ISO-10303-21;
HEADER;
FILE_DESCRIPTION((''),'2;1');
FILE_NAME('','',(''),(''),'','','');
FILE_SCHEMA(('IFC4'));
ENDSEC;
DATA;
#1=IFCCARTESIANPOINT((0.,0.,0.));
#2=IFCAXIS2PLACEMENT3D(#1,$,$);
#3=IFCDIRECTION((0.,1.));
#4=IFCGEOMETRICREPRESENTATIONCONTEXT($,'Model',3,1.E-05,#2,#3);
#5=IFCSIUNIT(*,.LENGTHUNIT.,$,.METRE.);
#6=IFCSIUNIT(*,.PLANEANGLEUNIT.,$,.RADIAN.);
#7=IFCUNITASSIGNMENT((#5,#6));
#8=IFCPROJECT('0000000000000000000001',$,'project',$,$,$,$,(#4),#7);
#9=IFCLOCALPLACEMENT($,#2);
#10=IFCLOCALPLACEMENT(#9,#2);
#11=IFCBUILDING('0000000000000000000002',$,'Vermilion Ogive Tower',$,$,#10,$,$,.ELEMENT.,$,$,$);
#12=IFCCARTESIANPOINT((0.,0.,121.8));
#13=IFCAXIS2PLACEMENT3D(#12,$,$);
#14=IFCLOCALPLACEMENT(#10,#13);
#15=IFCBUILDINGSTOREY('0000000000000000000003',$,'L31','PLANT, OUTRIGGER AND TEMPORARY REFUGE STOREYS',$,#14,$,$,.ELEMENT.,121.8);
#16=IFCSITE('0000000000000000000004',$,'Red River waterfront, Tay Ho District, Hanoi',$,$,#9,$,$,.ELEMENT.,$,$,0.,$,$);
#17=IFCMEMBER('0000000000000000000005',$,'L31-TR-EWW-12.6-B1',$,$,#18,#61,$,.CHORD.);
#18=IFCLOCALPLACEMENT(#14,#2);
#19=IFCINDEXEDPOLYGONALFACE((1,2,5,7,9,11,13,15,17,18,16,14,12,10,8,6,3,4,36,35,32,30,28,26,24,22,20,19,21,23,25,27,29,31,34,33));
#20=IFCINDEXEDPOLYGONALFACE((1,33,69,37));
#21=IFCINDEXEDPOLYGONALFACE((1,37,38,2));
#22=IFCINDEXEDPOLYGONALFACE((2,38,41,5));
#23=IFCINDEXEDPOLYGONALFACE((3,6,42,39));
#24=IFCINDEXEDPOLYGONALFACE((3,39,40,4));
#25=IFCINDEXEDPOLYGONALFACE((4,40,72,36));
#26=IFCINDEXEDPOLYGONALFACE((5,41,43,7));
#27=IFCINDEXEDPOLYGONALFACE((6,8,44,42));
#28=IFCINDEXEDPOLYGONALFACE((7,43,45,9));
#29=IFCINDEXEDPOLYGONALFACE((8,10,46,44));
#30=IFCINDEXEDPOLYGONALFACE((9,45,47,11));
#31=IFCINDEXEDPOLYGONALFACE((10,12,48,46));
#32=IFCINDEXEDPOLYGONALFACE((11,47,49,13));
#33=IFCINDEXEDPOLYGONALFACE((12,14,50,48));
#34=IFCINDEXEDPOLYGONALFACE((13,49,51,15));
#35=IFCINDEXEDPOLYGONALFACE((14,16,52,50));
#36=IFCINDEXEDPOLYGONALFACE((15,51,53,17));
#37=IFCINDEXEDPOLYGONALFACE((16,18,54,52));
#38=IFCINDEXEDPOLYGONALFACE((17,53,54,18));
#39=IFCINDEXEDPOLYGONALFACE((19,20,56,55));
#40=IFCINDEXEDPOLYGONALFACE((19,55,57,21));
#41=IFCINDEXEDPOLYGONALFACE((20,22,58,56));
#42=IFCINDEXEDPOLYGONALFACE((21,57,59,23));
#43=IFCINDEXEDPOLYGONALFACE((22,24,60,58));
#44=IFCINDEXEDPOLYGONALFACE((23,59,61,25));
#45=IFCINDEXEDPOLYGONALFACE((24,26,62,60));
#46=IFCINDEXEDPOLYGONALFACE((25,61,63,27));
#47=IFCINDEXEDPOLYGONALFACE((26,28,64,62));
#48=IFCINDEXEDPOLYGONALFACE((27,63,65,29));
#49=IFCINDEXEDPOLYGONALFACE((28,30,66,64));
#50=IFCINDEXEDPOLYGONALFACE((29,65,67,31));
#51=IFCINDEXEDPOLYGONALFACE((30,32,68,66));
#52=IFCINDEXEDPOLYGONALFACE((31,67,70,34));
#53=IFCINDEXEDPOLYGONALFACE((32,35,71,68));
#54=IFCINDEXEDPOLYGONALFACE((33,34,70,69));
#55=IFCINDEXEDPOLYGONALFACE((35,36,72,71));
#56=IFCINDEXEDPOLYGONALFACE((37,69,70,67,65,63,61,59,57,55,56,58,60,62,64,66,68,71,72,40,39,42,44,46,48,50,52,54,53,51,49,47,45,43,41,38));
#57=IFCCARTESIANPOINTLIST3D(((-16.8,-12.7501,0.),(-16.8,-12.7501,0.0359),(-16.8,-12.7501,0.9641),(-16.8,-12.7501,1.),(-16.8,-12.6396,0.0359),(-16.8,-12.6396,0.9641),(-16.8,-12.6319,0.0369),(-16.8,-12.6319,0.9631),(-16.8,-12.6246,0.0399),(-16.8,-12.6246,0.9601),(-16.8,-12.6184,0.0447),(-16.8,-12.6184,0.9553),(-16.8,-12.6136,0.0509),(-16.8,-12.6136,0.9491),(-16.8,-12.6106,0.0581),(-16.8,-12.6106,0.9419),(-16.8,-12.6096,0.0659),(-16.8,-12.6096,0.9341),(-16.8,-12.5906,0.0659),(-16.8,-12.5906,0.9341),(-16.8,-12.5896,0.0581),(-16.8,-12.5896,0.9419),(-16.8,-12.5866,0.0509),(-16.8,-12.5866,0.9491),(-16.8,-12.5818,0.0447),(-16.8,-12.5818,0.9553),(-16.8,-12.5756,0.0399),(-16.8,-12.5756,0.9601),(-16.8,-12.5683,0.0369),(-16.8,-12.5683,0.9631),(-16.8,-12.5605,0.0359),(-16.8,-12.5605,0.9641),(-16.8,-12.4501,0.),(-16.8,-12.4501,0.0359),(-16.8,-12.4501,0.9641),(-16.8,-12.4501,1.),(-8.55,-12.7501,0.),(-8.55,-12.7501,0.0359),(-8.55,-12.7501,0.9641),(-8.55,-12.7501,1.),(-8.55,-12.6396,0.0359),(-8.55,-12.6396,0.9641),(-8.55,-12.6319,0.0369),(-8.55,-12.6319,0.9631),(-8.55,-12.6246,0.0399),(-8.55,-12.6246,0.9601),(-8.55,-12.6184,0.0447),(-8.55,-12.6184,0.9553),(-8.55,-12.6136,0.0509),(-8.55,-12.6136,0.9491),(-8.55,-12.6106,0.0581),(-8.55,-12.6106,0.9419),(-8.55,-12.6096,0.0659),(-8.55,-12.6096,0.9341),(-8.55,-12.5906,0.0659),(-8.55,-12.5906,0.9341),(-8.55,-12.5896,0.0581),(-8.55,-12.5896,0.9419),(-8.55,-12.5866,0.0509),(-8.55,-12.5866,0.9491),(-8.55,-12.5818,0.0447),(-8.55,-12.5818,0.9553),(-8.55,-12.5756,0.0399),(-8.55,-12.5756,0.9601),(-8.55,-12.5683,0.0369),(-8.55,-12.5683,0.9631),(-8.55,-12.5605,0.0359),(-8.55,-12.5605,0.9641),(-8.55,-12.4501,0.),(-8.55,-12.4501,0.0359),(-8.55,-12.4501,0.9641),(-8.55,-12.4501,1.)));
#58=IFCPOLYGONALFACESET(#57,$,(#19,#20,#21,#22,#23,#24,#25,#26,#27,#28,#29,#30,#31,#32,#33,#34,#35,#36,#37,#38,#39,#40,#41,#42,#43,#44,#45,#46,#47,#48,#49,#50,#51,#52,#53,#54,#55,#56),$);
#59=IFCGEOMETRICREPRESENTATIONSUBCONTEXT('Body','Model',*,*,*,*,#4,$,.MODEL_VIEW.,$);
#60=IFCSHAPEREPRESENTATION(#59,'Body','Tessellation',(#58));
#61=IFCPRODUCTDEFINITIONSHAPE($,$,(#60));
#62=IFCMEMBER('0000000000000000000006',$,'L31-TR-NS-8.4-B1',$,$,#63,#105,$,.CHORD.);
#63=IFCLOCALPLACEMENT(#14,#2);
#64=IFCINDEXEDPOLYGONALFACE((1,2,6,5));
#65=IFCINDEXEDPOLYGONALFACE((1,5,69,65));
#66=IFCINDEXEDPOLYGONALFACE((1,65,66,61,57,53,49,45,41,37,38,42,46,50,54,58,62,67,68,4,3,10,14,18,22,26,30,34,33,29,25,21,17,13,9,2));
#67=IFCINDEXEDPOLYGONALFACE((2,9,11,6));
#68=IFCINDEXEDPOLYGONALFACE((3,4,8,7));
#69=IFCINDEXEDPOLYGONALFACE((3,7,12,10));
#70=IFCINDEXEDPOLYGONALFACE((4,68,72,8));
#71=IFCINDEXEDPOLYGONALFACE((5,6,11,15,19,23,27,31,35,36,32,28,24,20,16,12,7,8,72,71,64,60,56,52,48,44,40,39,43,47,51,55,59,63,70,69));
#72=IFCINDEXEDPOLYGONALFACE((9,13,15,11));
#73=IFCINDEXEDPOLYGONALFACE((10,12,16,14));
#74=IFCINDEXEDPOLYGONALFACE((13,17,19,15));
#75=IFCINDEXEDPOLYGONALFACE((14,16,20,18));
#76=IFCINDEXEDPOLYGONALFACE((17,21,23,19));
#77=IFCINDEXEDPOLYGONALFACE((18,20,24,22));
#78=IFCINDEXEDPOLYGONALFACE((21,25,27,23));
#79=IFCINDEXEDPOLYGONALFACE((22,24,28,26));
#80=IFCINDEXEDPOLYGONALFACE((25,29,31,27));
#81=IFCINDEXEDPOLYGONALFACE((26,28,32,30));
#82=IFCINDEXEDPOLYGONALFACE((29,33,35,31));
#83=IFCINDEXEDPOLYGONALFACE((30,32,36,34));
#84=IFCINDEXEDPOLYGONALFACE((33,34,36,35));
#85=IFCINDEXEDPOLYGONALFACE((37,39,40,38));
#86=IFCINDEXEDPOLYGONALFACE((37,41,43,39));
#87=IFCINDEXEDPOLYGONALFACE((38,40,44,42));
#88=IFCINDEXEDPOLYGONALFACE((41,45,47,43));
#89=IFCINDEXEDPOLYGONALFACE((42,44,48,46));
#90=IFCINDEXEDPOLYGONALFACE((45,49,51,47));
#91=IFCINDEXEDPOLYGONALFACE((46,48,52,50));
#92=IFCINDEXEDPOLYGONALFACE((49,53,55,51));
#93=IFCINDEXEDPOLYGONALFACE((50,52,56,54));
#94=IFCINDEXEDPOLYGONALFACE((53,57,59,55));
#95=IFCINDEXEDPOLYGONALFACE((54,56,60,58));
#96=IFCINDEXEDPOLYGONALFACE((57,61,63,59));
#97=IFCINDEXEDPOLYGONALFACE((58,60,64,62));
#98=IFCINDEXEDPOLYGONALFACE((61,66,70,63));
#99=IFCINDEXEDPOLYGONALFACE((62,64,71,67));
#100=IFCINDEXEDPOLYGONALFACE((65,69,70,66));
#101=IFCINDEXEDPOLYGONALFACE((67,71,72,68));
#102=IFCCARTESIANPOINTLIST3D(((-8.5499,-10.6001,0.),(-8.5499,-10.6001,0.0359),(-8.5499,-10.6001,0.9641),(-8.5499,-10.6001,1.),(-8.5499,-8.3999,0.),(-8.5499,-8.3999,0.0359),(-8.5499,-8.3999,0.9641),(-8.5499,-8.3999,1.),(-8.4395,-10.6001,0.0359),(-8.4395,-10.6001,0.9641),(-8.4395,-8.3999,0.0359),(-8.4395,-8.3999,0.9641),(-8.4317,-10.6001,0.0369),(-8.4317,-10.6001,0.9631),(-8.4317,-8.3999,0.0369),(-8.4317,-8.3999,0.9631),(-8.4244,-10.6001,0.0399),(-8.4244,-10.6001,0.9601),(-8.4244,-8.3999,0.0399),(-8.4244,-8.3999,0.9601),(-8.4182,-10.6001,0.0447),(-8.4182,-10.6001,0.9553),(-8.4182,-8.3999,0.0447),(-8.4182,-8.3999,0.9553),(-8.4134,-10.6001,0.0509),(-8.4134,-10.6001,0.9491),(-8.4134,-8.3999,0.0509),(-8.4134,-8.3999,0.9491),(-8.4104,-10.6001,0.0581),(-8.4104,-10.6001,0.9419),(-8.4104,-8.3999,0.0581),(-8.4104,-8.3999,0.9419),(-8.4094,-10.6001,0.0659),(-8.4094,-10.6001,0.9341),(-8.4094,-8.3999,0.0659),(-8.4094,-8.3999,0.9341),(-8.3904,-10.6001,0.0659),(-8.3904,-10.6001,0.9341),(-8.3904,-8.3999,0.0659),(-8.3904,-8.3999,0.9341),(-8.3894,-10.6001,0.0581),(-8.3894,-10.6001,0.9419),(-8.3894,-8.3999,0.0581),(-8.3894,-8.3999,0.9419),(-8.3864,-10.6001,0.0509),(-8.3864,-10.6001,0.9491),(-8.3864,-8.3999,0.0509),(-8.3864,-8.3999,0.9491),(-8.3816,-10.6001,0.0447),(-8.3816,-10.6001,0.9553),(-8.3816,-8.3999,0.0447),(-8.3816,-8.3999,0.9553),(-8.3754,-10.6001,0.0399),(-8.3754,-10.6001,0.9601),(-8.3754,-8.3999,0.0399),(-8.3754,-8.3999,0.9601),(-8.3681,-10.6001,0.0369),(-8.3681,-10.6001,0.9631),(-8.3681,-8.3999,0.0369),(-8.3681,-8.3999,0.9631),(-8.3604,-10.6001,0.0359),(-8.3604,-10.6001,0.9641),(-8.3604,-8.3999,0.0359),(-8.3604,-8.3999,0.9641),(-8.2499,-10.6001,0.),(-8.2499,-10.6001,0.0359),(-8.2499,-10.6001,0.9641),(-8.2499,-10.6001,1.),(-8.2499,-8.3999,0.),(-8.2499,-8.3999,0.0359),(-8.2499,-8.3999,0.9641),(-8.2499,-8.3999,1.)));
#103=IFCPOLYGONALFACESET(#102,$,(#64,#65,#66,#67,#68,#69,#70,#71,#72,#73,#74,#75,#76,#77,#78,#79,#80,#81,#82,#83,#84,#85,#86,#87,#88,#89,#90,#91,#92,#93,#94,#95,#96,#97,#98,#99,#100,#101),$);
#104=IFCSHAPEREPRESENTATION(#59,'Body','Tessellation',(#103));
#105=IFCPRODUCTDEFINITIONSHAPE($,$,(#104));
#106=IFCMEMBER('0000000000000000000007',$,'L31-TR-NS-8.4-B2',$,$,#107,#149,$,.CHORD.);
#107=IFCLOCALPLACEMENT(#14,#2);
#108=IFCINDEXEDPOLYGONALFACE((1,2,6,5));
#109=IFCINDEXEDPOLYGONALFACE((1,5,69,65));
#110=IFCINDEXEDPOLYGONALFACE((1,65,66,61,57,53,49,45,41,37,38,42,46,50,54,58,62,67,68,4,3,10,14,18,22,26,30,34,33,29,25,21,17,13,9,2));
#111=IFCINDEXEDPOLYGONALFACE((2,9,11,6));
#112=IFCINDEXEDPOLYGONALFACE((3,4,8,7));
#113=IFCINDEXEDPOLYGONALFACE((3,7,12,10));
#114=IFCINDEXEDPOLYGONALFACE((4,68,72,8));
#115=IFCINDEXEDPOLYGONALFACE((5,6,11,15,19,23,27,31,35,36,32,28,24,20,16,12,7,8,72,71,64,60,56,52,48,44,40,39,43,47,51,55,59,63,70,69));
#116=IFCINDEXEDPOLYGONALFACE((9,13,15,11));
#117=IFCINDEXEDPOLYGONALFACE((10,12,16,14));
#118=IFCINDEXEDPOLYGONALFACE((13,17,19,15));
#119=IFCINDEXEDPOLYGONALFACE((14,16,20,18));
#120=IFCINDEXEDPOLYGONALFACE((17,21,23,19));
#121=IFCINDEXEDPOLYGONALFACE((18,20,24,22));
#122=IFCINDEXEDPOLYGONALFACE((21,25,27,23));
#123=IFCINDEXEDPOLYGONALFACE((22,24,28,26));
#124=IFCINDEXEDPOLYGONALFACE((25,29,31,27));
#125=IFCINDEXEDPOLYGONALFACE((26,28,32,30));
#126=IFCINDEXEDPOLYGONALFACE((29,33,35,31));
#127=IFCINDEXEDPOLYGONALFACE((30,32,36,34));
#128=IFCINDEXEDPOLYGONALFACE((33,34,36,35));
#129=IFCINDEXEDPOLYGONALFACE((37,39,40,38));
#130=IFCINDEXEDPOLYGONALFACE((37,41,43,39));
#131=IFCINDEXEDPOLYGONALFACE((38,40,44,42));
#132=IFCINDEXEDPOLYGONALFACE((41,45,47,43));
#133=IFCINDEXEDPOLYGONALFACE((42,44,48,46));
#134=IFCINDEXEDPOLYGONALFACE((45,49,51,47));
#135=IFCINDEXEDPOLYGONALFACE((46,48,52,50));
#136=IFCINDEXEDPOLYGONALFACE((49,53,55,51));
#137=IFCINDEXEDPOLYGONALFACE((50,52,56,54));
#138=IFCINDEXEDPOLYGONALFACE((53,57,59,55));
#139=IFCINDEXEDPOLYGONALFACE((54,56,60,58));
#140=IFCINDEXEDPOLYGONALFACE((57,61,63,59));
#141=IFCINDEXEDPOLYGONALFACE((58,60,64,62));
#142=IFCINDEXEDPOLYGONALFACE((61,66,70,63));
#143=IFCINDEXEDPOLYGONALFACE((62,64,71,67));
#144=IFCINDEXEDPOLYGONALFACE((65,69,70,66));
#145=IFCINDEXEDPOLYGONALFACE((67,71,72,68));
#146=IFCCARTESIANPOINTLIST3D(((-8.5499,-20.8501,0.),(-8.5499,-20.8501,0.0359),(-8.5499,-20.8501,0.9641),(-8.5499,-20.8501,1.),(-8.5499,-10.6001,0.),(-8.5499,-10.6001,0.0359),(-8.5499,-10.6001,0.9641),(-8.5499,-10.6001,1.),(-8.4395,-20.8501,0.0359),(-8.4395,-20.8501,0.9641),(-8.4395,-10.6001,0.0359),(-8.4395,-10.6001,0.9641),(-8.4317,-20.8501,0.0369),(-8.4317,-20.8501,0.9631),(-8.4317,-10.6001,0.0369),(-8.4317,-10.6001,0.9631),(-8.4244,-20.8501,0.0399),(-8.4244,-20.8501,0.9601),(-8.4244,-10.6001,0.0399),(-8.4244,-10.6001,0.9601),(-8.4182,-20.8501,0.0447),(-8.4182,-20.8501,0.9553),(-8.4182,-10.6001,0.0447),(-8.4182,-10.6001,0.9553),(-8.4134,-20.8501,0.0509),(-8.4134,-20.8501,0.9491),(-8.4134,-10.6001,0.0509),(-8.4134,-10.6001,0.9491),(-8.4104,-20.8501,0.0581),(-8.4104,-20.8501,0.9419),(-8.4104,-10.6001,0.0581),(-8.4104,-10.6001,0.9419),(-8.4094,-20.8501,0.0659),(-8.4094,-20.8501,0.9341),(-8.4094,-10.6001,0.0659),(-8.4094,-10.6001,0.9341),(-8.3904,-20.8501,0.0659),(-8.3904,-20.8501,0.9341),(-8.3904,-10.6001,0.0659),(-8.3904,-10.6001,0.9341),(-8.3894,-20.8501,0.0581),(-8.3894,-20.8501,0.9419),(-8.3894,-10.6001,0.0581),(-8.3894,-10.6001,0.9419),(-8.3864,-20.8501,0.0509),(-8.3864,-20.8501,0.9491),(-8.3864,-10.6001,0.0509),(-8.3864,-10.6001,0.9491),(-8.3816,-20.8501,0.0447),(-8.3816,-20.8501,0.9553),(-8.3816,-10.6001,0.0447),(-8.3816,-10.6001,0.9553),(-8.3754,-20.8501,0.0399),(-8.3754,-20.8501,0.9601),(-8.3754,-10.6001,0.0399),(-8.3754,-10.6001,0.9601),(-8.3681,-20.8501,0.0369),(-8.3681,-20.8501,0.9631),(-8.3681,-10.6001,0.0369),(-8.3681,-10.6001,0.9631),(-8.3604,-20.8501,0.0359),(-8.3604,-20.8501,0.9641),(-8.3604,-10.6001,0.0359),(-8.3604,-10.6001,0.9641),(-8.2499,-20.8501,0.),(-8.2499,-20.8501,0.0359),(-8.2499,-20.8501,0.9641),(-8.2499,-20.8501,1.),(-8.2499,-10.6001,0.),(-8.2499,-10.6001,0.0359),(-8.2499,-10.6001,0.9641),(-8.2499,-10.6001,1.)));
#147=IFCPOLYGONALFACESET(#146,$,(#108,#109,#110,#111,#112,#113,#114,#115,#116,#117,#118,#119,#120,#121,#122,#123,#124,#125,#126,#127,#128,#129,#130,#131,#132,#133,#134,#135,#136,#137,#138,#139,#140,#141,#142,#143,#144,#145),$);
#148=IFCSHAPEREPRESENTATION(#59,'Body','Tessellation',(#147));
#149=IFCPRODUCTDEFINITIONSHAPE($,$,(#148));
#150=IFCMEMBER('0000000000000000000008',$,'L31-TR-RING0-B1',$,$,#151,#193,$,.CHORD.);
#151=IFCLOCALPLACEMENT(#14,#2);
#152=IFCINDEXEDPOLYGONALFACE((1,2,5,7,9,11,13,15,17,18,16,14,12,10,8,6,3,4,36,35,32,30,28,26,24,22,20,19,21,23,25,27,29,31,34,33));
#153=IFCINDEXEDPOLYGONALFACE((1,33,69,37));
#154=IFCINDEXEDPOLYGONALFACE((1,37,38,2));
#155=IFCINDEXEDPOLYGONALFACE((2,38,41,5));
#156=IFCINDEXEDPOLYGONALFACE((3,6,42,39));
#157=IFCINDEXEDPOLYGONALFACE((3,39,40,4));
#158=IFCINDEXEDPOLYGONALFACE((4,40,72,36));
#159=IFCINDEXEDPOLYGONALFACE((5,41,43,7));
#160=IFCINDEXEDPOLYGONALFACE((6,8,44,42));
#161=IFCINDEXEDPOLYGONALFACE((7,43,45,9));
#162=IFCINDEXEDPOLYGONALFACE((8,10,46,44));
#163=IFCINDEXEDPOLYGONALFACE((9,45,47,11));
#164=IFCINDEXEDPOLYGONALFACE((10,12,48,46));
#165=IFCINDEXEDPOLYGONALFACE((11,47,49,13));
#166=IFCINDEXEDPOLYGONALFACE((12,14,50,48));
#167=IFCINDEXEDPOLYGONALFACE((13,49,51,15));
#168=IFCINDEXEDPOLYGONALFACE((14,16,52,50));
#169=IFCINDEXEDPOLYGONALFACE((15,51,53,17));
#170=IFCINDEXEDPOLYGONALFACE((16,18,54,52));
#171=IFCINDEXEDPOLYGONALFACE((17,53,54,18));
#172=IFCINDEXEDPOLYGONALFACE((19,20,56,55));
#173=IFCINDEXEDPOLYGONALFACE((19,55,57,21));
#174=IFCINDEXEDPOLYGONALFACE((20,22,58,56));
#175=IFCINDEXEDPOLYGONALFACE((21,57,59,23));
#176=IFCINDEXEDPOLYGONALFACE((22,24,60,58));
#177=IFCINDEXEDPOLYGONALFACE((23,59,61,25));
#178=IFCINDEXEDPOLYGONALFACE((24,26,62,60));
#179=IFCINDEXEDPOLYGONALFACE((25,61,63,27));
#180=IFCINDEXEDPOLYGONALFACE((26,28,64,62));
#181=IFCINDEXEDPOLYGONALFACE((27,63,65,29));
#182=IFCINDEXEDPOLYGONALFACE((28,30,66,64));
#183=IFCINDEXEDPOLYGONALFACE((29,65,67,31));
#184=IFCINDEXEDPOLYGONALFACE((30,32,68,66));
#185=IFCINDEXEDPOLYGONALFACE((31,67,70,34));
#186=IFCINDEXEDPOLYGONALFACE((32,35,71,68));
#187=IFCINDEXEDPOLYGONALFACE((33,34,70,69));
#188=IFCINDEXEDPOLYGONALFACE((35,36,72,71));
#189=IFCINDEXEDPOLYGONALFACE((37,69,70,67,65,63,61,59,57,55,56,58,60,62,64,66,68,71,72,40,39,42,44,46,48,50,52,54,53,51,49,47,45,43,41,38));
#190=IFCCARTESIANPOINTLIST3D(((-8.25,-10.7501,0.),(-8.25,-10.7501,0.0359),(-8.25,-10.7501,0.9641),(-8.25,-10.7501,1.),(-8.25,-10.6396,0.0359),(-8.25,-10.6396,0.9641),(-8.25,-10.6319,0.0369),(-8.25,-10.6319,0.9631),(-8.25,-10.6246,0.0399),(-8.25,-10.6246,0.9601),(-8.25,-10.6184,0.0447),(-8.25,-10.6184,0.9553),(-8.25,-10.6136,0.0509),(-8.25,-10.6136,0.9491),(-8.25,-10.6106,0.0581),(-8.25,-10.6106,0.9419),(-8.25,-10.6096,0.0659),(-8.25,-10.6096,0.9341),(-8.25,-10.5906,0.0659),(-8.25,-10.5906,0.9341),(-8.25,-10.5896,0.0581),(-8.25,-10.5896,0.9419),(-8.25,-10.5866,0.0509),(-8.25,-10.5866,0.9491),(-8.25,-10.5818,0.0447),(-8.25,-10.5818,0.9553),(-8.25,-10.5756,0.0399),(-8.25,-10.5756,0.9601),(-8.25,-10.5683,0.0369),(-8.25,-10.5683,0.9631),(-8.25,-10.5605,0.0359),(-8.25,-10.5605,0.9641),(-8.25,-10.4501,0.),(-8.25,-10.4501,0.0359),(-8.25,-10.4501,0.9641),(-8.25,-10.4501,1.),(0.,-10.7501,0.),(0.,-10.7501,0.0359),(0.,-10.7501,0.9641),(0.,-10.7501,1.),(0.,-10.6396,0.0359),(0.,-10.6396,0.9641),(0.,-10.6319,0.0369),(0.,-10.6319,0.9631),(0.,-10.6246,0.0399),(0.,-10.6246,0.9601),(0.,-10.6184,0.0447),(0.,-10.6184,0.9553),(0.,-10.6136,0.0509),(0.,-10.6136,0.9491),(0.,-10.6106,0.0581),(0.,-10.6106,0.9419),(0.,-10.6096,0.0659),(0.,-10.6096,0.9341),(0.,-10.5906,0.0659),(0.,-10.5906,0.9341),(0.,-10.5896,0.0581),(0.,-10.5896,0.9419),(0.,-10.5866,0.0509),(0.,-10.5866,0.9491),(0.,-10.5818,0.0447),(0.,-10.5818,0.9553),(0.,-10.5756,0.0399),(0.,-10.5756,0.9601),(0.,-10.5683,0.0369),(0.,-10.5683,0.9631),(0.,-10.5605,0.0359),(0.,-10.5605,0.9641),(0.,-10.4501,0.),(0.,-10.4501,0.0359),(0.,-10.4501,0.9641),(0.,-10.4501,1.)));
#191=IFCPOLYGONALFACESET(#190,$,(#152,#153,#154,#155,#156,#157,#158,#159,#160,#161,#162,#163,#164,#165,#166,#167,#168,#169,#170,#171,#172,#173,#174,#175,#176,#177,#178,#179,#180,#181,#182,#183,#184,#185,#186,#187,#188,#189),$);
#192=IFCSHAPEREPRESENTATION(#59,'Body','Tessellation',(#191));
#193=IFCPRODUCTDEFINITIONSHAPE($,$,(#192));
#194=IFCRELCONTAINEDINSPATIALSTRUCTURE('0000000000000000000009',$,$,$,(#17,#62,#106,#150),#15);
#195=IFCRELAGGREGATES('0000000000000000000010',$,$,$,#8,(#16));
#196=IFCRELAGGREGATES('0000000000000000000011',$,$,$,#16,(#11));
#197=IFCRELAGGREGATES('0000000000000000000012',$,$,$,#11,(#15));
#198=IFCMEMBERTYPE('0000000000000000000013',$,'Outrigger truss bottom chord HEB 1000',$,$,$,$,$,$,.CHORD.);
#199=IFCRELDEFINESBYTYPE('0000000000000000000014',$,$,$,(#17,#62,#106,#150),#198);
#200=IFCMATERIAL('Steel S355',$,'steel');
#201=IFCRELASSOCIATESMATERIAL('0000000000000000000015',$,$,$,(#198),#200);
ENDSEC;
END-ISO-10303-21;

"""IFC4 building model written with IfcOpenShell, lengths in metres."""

from ifc_helpers import new_model, si_unit, direction, frame, origin, origin_2d, place, context, subcontext, project, spatial, i_section, extrude, material, material_profile, profile_set, type_object, element, save


model = new_model("IFC4")

# Units and contexts
model_context = context("Model", 3, precision=1e-05, world=origin(), true_north=direction((0.0, 1.0)))
body_context = subcontext(model_context, "Body", "Model", "MODEL_VIEW")
ifc_project = project(units=[si_unit("LENGTHUNIT", "METRE"), si_unit("PLANEANGLEUNIT", "RADIAN")], contexts=[model_context])

# Site, building, storey
site_placement = place(None, origin())
site = spatial("IfcSite", under=ifc_project, at=site_placement, Name="Red River waterfront, Tay Ho District, Hanoi", CompositionType="ELEMENT", RefElevation=0.0)
building_placement = place(site_placement, origin())
building = spatial("IfcBuilding", under=site, at=building_placement, Name="Vermilion Ogive Tower", CompositionType="ELEMENT")
storey_placement = place(building_placement, frame((0.0, 0.0, 121.8)))
storey = spatial("IfcBuildingStorey", under=building, at=storey_placement, Name="L31", Description="PLANT, OUTRIGGER AND TEMPORARY REFUGE STOREYS", CompositionType="ELEMENT", Elevation=121.8)

# Members
ifc_material_1 = material(Name="Steel S355", Category="steel")
ifc_material_profile_1 = material_profile(ifc_material_1, i_section(OverallWidth=0.3, OverallDepth=1.0, WebThickness=0.019, FlangeThickness=0.0359, FilletRadius=0.03, at=origin_2d()), Name="HEB 1000")
ifc_profile_set_1 = profile_set([ifc_material_profile_1], Name="Steel S355")
member_type_1 = type_object("IfcMemberType", Name="Outrigger truss bottom chord HEB 1000", PredefinedType="CHORD", material=ifc_profile_set_1)
member_1_placement = place(storey_placement, frame((-8.55, -12.6001, 0.5), z_axis=(-1.0, 0.0, 0.0), x_axis=(0.0, -1.0, 0.0)))
element("IfcMember", 1, at=member_1_placement, inside=storey, type_object=member_type_1, Name="L31-TR-EWW-12.6-B1", PredefinedType="CHORD", context=body_context, shape_type="SweptSolid", body=[
    extrude(i_section(OverallWidth=0.3, OverallDepth=1.0, WebThickness=0.019, FlangeThickness=0.0359, FilletRadius=0.03, at=origin_2d()), origin(), (0.0, 0.0, 1.0), 8.25),
])
member_2_placement = place(storey_placement, frame((-8.3999, -8.3999, 0.5), z_axis=(0.0, -1.0, 0.0), x_axis=(1.0, 0.0, 0.0)))
element("IfcMember", 2, at=member_2_placement, inside=storey, type_object=member_type_1, Name="L31-TR-NS-8.4-B1", PredefinedType="CHORD", context=body_context, shape_type="SweptSolid", body=[
    extrude(i_section(OverallWidth=0.3, OverallDepth=1.0, WebThickness=0.019, FlangeThickness=0.0359, FilletRadius=0.03, at=origin_2d()), origin(), (0.0, 0.0, 1.0), 2.2002),
])
member_3_placement = place(storey_placement, frame((-8.3999, -10.6001, 0.5), z_axis=(0.0, -1.0, 0.0), x_axis=(1.0, 0.0, 0.0)))
element("IfcMember", 3, at=member_3_placement, inside=storey, type_object=member_type_1, Name="L31-TR-NS-8.4-B2", PredefinedType="CHORD", context=body_context, shape_type="SweptSolid", body=[
    extrude(i_section(OverallWidth=0.3, OverallDepth=1.0, WebThickness=0.019, FlangeThickness=0.0359, FilletRadius=0.03, at=origin_2d()), origin(), (0.0, 0.0, 1.0), 10.25),
])
for number, where, z_axis, x_axis, name in (
    (4, (-8.25, -10.6001, 0.5), (1.0, 0.0, 0.0), (0.0, 1.0, 0.0), "L31-TR-RING0-B1"),
):
    element("IfcMember", number, at=place(storey_placement, frame(where, z_axis=z_axis, x_axis=x_axis)), inside=storey, type_object=member_type_1, Name=name, PredefinedType="CHORD", context=body_context, shape_type="SweptSolid", body=[
        extrude(i_section(OverallWidth=0.3, OverallDepth=1.0, WebThickness=0.019, FlangeThickness=0.0359, FilletRadius=0.03, at=origin_2d()), origin(), (0.0, 0.0, 1.0), 8.25),
    ])

save(model, "model.ifc")
